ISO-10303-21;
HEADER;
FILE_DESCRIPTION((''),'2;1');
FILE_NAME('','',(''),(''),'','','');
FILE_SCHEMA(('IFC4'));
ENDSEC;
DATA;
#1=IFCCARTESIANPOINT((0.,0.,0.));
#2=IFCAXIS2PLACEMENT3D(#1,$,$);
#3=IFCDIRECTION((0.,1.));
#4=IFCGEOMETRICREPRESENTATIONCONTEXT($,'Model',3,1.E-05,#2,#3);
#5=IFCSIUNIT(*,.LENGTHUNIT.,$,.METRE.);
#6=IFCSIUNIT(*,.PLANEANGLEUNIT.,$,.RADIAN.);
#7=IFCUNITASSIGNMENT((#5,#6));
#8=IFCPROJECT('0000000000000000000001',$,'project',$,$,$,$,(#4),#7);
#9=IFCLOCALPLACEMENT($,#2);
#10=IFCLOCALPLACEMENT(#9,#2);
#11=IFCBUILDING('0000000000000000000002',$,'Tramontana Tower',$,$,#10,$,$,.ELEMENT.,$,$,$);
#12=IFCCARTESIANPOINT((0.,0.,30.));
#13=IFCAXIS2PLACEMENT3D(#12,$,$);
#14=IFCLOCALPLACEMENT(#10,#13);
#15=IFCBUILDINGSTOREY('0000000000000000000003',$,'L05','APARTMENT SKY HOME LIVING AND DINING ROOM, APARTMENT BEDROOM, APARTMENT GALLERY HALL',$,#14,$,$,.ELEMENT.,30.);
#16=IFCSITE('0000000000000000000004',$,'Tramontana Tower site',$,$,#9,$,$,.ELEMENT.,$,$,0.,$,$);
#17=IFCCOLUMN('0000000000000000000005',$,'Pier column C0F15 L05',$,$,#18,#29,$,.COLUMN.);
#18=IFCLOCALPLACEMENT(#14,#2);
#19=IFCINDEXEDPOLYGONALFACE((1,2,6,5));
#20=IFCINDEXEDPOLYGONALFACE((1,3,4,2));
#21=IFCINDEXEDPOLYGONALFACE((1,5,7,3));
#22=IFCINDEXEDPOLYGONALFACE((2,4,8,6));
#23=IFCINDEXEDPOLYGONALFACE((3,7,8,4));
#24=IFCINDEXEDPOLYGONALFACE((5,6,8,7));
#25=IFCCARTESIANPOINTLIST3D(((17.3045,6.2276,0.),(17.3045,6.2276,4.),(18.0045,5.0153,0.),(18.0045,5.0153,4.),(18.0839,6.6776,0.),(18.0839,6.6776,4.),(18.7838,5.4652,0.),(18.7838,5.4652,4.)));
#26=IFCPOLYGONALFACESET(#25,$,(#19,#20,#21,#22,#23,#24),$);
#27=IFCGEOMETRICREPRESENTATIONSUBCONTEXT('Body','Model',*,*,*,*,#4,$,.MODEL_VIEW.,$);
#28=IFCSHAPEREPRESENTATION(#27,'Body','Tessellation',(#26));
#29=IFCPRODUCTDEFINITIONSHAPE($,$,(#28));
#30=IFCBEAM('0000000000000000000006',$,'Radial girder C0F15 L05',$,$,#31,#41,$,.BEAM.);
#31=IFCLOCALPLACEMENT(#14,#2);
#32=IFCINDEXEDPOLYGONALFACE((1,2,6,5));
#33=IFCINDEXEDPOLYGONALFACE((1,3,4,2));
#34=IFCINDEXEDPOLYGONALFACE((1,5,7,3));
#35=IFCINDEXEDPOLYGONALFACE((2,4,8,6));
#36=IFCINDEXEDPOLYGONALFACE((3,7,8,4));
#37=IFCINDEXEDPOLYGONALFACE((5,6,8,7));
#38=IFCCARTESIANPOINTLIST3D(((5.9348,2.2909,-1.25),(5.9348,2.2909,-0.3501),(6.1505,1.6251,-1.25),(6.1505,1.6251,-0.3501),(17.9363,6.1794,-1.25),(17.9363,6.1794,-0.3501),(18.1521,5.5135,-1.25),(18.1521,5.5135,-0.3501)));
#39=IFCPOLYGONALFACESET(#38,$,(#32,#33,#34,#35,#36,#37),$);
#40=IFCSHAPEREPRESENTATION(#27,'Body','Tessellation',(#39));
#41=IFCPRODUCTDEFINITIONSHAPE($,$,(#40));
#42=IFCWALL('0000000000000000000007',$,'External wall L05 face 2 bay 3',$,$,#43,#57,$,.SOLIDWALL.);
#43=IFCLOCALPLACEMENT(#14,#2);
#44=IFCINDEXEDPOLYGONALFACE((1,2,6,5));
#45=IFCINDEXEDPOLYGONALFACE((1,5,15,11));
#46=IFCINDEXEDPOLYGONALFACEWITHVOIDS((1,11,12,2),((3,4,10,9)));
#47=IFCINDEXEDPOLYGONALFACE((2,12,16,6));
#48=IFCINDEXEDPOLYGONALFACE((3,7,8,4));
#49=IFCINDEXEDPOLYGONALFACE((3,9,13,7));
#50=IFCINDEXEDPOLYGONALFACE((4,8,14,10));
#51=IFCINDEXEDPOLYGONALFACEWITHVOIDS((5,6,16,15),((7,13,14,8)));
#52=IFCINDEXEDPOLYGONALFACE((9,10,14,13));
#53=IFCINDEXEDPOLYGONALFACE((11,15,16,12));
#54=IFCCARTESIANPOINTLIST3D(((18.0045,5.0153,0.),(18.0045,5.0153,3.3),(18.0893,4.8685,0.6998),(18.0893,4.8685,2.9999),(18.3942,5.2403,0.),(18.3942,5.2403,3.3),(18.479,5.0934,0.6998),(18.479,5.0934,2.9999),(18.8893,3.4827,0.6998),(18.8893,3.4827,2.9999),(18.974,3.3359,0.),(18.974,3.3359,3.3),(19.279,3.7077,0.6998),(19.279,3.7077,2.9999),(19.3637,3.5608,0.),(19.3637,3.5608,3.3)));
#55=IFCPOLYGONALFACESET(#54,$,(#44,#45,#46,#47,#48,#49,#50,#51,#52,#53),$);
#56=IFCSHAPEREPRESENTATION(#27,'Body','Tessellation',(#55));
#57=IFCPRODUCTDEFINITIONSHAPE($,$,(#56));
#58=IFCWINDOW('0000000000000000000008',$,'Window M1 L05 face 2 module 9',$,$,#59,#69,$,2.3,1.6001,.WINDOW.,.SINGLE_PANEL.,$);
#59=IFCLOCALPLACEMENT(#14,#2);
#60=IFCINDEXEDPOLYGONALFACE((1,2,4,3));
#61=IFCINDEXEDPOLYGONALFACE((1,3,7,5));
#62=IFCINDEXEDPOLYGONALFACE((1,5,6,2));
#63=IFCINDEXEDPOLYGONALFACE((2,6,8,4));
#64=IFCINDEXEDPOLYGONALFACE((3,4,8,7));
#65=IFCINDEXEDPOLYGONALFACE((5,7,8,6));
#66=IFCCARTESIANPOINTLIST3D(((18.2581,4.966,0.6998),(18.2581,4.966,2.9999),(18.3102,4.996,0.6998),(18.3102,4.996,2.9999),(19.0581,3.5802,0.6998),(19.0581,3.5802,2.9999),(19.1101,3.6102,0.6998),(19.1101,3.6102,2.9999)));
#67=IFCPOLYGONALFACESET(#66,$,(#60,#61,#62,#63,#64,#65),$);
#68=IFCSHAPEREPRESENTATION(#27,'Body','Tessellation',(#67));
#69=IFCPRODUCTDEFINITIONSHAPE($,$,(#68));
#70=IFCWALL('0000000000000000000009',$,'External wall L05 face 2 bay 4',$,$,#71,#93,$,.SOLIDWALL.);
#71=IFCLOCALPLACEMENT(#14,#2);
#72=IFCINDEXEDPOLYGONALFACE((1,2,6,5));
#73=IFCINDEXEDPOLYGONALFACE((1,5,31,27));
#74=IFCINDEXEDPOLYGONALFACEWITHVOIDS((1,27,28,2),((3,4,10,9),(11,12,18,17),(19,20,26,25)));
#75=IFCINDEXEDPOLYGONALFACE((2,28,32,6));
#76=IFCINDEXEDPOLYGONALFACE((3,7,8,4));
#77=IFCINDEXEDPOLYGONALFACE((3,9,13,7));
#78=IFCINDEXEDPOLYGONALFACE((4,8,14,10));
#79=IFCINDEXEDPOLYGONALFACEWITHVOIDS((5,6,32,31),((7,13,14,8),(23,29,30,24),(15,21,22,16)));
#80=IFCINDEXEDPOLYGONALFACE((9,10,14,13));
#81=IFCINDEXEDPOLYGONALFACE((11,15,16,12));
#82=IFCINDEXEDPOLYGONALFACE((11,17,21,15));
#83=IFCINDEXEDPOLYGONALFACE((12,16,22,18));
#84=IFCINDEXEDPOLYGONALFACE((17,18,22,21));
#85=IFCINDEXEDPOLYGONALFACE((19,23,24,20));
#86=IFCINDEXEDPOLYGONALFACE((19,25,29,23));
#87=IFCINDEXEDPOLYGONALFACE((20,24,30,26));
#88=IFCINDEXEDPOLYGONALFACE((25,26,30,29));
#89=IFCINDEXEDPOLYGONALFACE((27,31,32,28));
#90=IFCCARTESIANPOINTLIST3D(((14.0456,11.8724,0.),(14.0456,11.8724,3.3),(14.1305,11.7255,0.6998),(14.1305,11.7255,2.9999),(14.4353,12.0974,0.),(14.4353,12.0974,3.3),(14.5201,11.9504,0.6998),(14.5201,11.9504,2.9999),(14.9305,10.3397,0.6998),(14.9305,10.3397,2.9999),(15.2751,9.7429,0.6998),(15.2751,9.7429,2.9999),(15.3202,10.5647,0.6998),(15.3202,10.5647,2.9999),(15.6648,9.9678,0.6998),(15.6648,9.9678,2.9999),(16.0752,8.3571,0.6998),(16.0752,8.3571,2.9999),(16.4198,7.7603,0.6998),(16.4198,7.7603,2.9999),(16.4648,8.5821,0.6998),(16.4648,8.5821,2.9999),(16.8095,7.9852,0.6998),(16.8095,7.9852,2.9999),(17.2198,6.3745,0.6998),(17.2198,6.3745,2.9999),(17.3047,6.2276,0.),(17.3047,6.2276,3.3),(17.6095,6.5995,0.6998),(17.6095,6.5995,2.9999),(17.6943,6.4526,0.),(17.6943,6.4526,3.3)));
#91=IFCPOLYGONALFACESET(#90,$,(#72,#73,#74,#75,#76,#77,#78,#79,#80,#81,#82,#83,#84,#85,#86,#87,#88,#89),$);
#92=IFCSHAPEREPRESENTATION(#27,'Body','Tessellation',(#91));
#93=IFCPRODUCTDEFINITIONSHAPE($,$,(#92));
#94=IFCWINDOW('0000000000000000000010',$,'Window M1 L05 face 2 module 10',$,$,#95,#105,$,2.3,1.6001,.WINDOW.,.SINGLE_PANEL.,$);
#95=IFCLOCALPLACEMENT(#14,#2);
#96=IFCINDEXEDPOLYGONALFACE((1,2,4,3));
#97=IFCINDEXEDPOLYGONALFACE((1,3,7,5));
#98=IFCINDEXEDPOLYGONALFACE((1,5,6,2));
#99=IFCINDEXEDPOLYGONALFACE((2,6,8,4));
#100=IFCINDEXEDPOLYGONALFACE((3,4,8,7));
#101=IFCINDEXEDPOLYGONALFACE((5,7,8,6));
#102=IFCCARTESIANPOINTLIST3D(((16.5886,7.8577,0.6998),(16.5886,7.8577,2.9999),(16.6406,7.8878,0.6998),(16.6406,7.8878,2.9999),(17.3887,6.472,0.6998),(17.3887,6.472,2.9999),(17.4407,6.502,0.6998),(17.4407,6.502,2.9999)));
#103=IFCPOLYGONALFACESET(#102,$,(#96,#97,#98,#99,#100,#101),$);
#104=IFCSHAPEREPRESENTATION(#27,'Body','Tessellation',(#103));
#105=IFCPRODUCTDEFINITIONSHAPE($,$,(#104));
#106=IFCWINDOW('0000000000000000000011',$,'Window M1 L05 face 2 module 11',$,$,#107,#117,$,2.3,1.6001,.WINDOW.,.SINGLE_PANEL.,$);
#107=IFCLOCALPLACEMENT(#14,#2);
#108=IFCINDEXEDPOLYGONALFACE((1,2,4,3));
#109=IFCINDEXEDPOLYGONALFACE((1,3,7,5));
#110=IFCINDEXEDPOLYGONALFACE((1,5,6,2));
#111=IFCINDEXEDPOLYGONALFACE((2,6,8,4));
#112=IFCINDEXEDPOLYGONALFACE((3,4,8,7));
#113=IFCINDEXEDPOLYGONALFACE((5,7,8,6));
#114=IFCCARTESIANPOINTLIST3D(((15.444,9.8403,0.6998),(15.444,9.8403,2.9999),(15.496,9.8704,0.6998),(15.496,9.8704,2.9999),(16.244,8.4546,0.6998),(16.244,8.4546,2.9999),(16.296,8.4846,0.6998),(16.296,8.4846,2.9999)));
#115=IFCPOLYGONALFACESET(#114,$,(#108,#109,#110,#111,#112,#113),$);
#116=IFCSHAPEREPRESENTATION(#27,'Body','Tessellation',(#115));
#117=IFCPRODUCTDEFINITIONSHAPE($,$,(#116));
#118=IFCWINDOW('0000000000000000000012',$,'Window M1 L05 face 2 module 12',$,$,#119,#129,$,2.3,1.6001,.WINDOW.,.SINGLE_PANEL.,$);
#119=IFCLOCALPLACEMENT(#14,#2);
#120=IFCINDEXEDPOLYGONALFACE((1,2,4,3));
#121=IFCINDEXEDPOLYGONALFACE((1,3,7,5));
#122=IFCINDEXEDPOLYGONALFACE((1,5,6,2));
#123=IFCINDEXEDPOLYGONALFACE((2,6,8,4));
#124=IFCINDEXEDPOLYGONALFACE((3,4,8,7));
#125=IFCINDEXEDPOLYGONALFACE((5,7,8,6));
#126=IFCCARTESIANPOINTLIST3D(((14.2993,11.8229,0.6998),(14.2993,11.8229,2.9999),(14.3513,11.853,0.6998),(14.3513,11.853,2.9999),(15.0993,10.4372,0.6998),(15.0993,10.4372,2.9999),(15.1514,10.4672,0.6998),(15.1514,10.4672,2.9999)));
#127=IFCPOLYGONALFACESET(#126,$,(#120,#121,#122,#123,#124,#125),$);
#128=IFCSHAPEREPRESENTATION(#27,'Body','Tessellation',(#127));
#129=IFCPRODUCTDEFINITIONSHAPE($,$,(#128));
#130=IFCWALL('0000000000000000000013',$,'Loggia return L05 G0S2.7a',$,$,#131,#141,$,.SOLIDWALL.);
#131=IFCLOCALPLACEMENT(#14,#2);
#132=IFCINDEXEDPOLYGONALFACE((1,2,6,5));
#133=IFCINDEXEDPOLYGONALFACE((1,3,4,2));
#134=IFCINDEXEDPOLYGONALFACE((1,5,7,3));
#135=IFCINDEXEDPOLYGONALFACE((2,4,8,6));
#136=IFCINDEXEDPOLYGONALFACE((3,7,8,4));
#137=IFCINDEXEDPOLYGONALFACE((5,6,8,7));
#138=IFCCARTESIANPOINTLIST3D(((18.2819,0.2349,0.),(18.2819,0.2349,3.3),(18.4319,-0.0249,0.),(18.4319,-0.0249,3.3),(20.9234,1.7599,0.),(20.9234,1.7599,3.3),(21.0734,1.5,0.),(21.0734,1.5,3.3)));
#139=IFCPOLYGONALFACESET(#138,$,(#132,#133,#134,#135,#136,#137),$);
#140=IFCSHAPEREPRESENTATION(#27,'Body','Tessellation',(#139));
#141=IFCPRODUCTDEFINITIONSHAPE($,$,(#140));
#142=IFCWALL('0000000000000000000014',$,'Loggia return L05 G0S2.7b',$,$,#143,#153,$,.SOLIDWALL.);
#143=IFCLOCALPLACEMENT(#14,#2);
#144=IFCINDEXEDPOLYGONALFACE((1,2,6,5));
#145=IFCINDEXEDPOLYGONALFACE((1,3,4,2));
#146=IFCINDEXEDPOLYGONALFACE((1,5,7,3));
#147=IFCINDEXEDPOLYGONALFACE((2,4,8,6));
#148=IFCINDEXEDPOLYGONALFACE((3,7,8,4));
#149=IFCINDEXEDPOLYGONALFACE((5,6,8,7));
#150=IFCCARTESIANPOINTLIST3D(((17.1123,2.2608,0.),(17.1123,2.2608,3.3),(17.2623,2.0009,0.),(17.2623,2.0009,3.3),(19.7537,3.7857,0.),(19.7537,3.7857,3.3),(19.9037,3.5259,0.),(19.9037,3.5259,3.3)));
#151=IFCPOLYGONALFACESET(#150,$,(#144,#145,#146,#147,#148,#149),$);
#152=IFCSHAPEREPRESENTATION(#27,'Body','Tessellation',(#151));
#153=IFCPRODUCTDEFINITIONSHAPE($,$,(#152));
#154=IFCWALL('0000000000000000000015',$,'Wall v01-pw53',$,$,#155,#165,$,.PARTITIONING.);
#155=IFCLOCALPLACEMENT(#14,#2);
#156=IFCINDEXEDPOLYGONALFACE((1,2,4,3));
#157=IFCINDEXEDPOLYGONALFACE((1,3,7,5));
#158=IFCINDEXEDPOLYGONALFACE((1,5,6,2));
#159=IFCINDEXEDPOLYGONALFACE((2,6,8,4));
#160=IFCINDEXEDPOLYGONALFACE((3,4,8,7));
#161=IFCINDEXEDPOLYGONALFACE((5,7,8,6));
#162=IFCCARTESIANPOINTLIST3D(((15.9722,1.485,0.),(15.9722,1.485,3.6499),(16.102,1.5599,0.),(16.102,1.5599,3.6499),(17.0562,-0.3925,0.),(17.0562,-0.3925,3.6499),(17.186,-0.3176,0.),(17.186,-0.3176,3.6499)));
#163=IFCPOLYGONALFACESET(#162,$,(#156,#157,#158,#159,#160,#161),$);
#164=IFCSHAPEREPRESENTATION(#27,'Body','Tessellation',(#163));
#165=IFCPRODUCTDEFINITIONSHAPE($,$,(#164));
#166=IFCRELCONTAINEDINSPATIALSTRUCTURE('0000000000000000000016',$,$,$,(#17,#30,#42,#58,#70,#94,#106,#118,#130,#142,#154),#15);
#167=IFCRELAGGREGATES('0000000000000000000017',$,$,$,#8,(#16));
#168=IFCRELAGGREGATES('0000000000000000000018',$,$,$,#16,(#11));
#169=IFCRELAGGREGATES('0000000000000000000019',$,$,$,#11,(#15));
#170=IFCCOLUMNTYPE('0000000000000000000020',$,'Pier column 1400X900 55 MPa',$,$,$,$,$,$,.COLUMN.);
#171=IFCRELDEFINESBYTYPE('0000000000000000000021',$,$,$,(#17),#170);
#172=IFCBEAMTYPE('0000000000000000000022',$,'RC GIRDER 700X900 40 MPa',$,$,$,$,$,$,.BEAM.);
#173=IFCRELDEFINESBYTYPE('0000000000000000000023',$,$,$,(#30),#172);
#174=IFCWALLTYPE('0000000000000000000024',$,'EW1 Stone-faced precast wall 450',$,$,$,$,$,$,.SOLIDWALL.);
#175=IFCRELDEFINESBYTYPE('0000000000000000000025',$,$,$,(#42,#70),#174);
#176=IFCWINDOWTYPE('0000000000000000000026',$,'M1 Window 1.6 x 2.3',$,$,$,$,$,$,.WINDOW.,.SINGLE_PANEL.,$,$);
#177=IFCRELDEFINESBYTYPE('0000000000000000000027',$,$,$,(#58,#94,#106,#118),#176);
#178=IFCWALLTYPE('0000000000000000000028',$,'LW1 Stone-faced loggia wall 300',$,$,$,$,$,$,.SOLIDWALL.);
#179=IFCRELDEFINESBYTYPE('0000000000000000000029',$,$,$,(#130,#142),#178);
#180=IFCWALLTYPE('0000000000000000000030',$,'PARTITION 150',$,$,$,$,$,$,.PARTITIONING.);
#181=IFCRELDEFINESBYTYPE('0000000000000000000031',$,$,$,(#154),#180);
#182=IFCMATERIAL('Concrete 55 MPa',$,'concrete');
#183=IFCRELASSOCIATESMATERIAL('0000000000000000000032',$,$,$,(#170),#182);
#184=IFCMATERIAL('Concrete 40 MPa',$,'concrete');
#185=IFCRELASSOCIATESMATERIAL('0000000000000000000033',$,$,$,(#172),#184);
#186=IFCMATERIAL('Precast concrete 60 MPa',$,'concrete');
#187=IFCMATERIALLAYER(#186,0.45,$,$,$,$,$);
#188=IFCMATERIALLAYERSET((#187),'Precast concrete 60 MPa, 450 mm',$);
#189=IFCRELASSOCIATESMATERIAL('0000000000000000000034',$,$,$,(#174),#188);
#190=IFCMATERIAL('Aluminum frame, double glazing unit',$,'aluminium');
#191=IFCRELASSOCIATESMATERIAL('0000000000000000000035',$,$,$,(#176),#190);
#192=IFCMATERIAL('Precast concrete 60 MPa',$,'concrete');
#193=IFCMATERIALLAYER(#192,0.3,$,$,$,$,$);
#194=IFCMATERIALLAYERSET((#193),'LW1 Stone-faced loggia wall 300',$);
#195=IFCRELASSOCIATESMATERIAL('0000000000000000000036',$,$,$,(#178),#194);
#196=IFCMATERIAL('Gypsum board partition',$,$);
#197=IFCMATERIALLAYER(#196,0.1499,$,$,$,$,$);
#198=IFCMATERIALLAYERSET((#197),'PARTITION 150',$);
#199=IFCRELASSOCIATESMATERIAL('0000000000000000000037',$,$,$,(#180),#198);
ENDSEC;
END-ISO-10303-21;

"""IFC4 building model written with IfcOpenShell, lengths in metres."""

from ifc_helpers import new_model, si_unit, direction, frame, frame_2d, origin, origin_2d, place, context, subcontext, project, spatial, rectangle, extrude, material, layer, layer_set, material_profile, profile_set, type_object, element, fill, save


model = new_model("IFC4")

# Units and contexts
model_context = context("Model", 3, precision=1e-05, world=origin(), true_north=direction((0.0, 1.0)))
body_context = subcontext(model_context, "Body", "Model", "MODEL_VIEW")
ifc_project = project(units=[si_unit("LENGTHUNIT", "METRE"), si_unit("PLANEANGLEUNIT", "RADIAN")], contexts=[model_context])

# Site, building, storey
site_placement = place(None, origin())
site = spatial("IfcSite", under=ifc_project, at=site_placement, Name="Tramontana Tower site", CompositionType="ELEMENT", RefElevation=0.0)
building_placement = place(site_placement, origin())
building = spatial("IfcBuilding", under=site, at=building_placement, Name="Tramontana Tower", CompositionType="ELEMENT")
storey_placement = place(building_placement, frame((0.0, 0.0, 30.0)))
storey = spatial("IfcBuildingStorey", under=building, at=storey_placement, Name="L05", Description="APARTMENT SKY HOME LIVING AND DINING ROOM, APARTMENT BEDROOM, APARTMENT GALLERY HALL", CompositionType="ELEMENT", Elevation=30.0)

# Column
ifc_material_1 = material(Name="Concrete 55 MPa", Category="concrete")
ifc_material_profile_1 = material_profile(ifc_material_1, rectangle(XDim=1.3999, YDim=0.8999, at=origin_2d()), Name="Pier column 1400X900 55 MPa")
ifc_profile_set_1 = profile_set([ifc_material_profile_1], Name="Concrete 55 MPa")
column_type = type_object("IfcColumnType", Name="Pier column 1400X900 55 MPa", PredefinedType="COLUMN", material=ifc_profile_set_1)
column_placement = place(storey_placement, frame((18.0442, 5.8464, 0.0), z_axis=(0.0, 0.0, 1.0), x_axis=(-0.5, 0.866025, 0.0)))
element("IfcColumn", 1, at=column_placement, inside=storey, type_object=column_type, Name="Pier column C0F15 L05", PredefinedType="COLUMN", context=body_context, shape_type="SweptSolid", body=[
    extrude(rectangle(XDim=1.3999, YDim=0.8999, at=origin_2d()), origin(), (0.0, 0.0, 1.0), 4.0),
])

# Beam
ifc_material_2 = material(Name="Concrete 40 MPa", Category="concrete")
ifc_material_profile_2 = material_profile(ifc_material_2, rectangle(XDim=0.7, YDim=0.8999, at=origin_2d()), Name="RC GIRDER 700X900 40 MPa")
ifc_profile_set_2 = profile_set([ifc_material_profile_2], Name="Concrete 40 MPa")
beam_type = type_object("IfcBeamType", Name="RC GIRDER 700X900 40 MPa", PredefinedType="BEAM", material=ifc_profile_set_2)
beam_placement = place(storey_placement, frame((18.0442, 5.8464, -0.8), z_axis=(-0.951314, -0.308222, 0.0), x_axis=(0.308222, -0.951314, 0.0)))
element("IfcBeam", 2, at=beam_placement, inside=storey, type_object=beam_type, Name="Radial girder C0F15 L05", PredefinedType="BEAM", context=body_context, shape_type="SweptSolid", body=[
    extrude(rectangle(XDim=0.7, YDim=0.8999, at=origin_2d()), origin(), (0.0, 0.0, 1.0), 12.6157),
])

# Wall, opening, window
ifc_material_3 = material(Name="Precast concrete 60 MPa", Category="concrete")
ifc_layer_1 = layer(ifc_material_3, 0.45)
ifc_layer_set_1 = layer_set([ifc_layer_1], Name="Precast concrete 60 MPa, 450 mm")
wall_type_1 = type_object("IfcWallType", Name="EW1 Stone-faced precast wall 450", PredefinedType="SOLIDWALL", material=ifc_layer_set_1)
wall_1_placement = place(storey_placement, frame((19.1689, 3.4482, 0.0), z_axis=(0.0, 0.0, 1.0), x_axis=(-0.499944, 0.866058, 0.0)))
wall_1 = element("IfcWall", 3, at=wall_1_placement, inside=storey, type_object=wall_type_1, Name="External wall L05 face 2 bay 3", PredefinedType="SOLIDWALL", context=body_context, shape_type="SweptSolid", body=[
    extrude(rectangle(XDim=1.9392, YDim=0.45, at=frame_2d((0.9697, 0.0))), origin(), (0.0, 0.0, 1.0), 3.3),
])
opening_1_placement = place(wall_1_placement, frame((0.1697, 0.0, 0.7)))
opening_1 = element("IfcOpeningElement", 4, at=opening_1_placement, cuts=wall_1, PredefinedType="OPENING", context=body_context, shape_type="SweptSolid", body=[
    extrude(rectangle(XDim=1.6001, YDim=2.3, at=frame_2d((0.8, 1.1499))), frame((0.0, 0.2349, 0.0), z_axis=(0.0, -1.0, 0.0), x_axis=(1.0, 0.0, 0.0)), (0.0, 0.0, 1.0), 0.47),
])
ifc_material_4 = material(Name="Aluminum frame, double glazing unit", Category="aluminium")
window_type = type_object("IfcWindowType", Name="M1 Window 1.6 x 2.3", PartitioningType="SINGLE_PANEL", PredefinedType="WINDOW", material=ifc_material_4)
window_1_placement = place(opening_1_placement, origin())
window_1 = element("IfcWindow", 5, at=window_1_placement, inside=storey, type_object=window_type, Name="Window M1 L05 face 2 module 9", OverallHeight=2.3, OverallWidth=1.6001, PartitioningType="SINGLE_PANEL", PredefinedType="WINDOW", context=body_context, shape_type="SweptSolid", body=[
    extrude(rectangle(XDim=1.6001, YDim=2.3, at=frame_2d((0.8, 1.1499))), frame((0.0, 0.03, 0.0), z_axis=(0.0, -1.0, 0.0), x_axis=(1.0, 0.0, 0.0)), (0.0, 0.0, 1.0), 0.0601),
])
fill(opening_1, window_1)

# Wall, openings, windows
wall_2_placement = place(storey_placement, frame((17.4995, 6.3401, 0.0), z_axis=(0.0, 0.0, 1.0), x_axis=(-0.500002, 0.866024, 0.0)))
wall_2 = element("IfcWall", 6, at=wall_2_placement, inside=storey, type_object=wall_type_1, Name="External wall L05 face 2 bay 4", PredefinedType="SOLIDWALL", context=body_context, shape_type="SweptSolid", body=[
    extrude(rectangle(XDim=6.5181, YDim=0.45, at=frame_2d((3.259, 0.0))), origin(), (0.0, 0.0, 1.0), 3.3),
])
opening_2_placement = place(wall_2_placement, frame((0.1697, 0.0, 0.7)))
opening_2 = element("IfcOpeningElement", 7, at=opening_2_placement, cuts=wall_2, PredefinedType="OPENING", context=body_context, shape_type="SweptSolid", body=[
    extrude(rectangle(XDim=1.6001, YDim=2.3, at=frame_2d((0.8, 1.1499))), frame((0.0, 0.2349, 0.0), z_axis=(0.0, -1.0, 0.0), x_axis=(1.0, 0.0, 0.0)), (0.0, 0.0, 1.0), 0.47),
])
opening_3_placement = place(wall_2_placement, frame((2.459, 0.0, 0.7)))
opening_3 = element("IfcOpeningElement", 8, at=opening_3_placement, cuts=wall_2, PredefinedType="OPENING", context=body_context, shape_type="SweptSolid", body=[
    extrude(rectangle(XDim=1.6001, YDim=2.3, at=frame_2d((0.8, 1.1499))), frame((0.0, 0.2349, 0.0), z_axis=(0.0, -1.0, 0.0), x_axis=(1.0, 0.0, 0.0)), (0.0, 0.0, 1.0), 0.47),
])
opening_4_placement = place(wall_2_placement, frame((4.7483, 0.0, 0.7)))
opening_4 = element("IfcOpeningElement", 9, at=opening_4_placement, cuts=wall_2, PredefinedType="OPENING", context=body_context, shape_type="SweptSolid", body=[
    extrude(rectangle(XDim=1.6001, YDim=2.3, at=frame_2d((0.8, 1.1499))), frame((0.0, 0.2349, 0.0), z_axis=(0.0, -1.0, 0.0), x_axis=(1.0, 0.0, 0.0)), (0.0, 0.0, 1.0), 0.47),
])
window_2_placement = place(opening_2_placement, origin())
window_2 = element("IfcWindow", 10, at=window_2_placement, inside=storey, type_object=window_type, Name="Window M1 L05 face 2 module 10", OverallHeight=2.3, OverallWidth=1.6001, PartitioningType="SINGLE_PANEL", PredefinedType="WINDOW", context=body_context, shape_type="SweptSolid", body=[
    extrude(rectangle(XDim=1.6001, YDim=2.3, at=frame_2d((0.8, 1.1499))), frame((0.0, 0.03, 0.0), z_axis=(0.0, -1.0, 0.0), x_axis=(1.0, 0.0, 0.0)), (0.0, 0.0, 1.0), 0.0601),
])
fill(opening_2, window_2)
window_3_placement = place(opening_3_placement, origin())
window_3 = element("IfcWindow", 11, at=window_3_placement, inside=storey, type_object=window_type, Name="Window M1 L05 face 2 module 11", OverallHeight=2.3, OverallWidth=1.6001, PartitioningType="SINGLE_PANEL", PredefinedType="WINDOW", context=body_context, shape_type="SweptSolid", body=[
    extrude(rectangle(XDim=1.6001, YDim=2.3, at=frame_2d((0.8, 1.1499))), frame((0.0, 0.03, 0.0), z_axis=(0.0, -1.0, 0.0), x_axis=(1.0, 0.0, 0.0)), (0.0, 0.0, 1.0), 0.0601),
])
fill(opening_3, window_3)
window_4_placement = place(opening_4_placement, origin())
window_4 = element("IfcWindow", 12, at=window_4_placement, inside=storey, type_object=window_type, Name="Window M1 L05 face 2 module 12", OverallHeight=2.3, OverallWidth=1.6001, PartitioningType="SINGLE_PANEL", PredefinedType="WINDOW", context=body_context, shape_type="SweptSolid", body=[
    extrude(rectangle(XDim=1.6001, YDim=2.3, at=frame_2d((0.8, 1.1499))), frame((0.0, 0.03, 0.0), z_axis=(0.0, -1.0, 0.0), x_axis=(1.0, 0.0, 0.0)), (0.0, 0.0, 1.0), 0.0601),
])
fill(opening_4, window_4)

# Shared definitions
ifc_material_5 = material(Name="Precast concrete 60 MPa", Category="concrete")
ifc_layer_2 = layer(ifc_material_5, 0.3)
ifc_layer_set_2 = layer_set([ifc_layer_2], Name="LW1 Stone-faced loggia wall 300")
wall_type_2 = type_object("IfcWallType", Name="LW1 Stone-faced loggia wall 300", PredefinedType="SOLIDWALL", material=ifc_layer_set_2)

# Walls
for number, where, z_axis, x_axis, name in (
    (13, (20.9983, 1.6299, 0.0), (0.0, 0.0, 1.0), (-0.866038, -0.499979, 0.0), "Loggia return L05 G0S2.7a"),
    (14, (19.8286, 3.6558, 0.0), (0.0, 0.0, 1.0), (-0.866038, -0.499979, 0.0), "Loggia return L05 G0S2.7b"),
):
    element("IfcWall", number, at=place(storey_placement, frame(where, z_axis=z_axis, x_axis=x_axis)), inside=storey, type_object=wall_type_2, Name=name, PredefinedType="SOLIDWALL", context=body_context, shape_type="SweptSolid", body=[
        extrude(rectangle(XDim=3.05, YDim=0.3, at=frame_2d((1.5249, 0.0))), origin(), (0.0, 0.0, 1.0), 3.3),
    ])

# Shared definitions
ifc_material_6 = material(Name="Gypsum board partition")
ifc_layer_3 = layer(ifc_material_6, 0.1499)
ifc_layer_set_3 = layer_set([ifc_layer_3], Name="PARTITION 150")
wall_type_3 = type_object("IfcWallType", Name="PARTITION 150", PredefinedType="PARTITIONING", material=ifc_layer_set_3)

# Wall
wall_3_placement = place(storey_placement, frame((16.0371, 1.5225, 0.0), z_axis=(0.0, 0.0, 1.0), x_axis=(0.500015, -0.866017, 0.0)))
element("IfcWall", 15, at=wall_3_placement, inside=storey, type_object=wall_type_3, Name="Wall v01-pw53", PredefinedType="PARTITIONING", context=body_context, shape_type="SweptSolid", body=[
    extrude(rectangle(XDim=2.168, YDim=0.1499, at=frame_2d((1.084, 0.0))), origin(), (0.0, 0.0, 1.0), 3.6499),
])

save(model, "model.ifc")
